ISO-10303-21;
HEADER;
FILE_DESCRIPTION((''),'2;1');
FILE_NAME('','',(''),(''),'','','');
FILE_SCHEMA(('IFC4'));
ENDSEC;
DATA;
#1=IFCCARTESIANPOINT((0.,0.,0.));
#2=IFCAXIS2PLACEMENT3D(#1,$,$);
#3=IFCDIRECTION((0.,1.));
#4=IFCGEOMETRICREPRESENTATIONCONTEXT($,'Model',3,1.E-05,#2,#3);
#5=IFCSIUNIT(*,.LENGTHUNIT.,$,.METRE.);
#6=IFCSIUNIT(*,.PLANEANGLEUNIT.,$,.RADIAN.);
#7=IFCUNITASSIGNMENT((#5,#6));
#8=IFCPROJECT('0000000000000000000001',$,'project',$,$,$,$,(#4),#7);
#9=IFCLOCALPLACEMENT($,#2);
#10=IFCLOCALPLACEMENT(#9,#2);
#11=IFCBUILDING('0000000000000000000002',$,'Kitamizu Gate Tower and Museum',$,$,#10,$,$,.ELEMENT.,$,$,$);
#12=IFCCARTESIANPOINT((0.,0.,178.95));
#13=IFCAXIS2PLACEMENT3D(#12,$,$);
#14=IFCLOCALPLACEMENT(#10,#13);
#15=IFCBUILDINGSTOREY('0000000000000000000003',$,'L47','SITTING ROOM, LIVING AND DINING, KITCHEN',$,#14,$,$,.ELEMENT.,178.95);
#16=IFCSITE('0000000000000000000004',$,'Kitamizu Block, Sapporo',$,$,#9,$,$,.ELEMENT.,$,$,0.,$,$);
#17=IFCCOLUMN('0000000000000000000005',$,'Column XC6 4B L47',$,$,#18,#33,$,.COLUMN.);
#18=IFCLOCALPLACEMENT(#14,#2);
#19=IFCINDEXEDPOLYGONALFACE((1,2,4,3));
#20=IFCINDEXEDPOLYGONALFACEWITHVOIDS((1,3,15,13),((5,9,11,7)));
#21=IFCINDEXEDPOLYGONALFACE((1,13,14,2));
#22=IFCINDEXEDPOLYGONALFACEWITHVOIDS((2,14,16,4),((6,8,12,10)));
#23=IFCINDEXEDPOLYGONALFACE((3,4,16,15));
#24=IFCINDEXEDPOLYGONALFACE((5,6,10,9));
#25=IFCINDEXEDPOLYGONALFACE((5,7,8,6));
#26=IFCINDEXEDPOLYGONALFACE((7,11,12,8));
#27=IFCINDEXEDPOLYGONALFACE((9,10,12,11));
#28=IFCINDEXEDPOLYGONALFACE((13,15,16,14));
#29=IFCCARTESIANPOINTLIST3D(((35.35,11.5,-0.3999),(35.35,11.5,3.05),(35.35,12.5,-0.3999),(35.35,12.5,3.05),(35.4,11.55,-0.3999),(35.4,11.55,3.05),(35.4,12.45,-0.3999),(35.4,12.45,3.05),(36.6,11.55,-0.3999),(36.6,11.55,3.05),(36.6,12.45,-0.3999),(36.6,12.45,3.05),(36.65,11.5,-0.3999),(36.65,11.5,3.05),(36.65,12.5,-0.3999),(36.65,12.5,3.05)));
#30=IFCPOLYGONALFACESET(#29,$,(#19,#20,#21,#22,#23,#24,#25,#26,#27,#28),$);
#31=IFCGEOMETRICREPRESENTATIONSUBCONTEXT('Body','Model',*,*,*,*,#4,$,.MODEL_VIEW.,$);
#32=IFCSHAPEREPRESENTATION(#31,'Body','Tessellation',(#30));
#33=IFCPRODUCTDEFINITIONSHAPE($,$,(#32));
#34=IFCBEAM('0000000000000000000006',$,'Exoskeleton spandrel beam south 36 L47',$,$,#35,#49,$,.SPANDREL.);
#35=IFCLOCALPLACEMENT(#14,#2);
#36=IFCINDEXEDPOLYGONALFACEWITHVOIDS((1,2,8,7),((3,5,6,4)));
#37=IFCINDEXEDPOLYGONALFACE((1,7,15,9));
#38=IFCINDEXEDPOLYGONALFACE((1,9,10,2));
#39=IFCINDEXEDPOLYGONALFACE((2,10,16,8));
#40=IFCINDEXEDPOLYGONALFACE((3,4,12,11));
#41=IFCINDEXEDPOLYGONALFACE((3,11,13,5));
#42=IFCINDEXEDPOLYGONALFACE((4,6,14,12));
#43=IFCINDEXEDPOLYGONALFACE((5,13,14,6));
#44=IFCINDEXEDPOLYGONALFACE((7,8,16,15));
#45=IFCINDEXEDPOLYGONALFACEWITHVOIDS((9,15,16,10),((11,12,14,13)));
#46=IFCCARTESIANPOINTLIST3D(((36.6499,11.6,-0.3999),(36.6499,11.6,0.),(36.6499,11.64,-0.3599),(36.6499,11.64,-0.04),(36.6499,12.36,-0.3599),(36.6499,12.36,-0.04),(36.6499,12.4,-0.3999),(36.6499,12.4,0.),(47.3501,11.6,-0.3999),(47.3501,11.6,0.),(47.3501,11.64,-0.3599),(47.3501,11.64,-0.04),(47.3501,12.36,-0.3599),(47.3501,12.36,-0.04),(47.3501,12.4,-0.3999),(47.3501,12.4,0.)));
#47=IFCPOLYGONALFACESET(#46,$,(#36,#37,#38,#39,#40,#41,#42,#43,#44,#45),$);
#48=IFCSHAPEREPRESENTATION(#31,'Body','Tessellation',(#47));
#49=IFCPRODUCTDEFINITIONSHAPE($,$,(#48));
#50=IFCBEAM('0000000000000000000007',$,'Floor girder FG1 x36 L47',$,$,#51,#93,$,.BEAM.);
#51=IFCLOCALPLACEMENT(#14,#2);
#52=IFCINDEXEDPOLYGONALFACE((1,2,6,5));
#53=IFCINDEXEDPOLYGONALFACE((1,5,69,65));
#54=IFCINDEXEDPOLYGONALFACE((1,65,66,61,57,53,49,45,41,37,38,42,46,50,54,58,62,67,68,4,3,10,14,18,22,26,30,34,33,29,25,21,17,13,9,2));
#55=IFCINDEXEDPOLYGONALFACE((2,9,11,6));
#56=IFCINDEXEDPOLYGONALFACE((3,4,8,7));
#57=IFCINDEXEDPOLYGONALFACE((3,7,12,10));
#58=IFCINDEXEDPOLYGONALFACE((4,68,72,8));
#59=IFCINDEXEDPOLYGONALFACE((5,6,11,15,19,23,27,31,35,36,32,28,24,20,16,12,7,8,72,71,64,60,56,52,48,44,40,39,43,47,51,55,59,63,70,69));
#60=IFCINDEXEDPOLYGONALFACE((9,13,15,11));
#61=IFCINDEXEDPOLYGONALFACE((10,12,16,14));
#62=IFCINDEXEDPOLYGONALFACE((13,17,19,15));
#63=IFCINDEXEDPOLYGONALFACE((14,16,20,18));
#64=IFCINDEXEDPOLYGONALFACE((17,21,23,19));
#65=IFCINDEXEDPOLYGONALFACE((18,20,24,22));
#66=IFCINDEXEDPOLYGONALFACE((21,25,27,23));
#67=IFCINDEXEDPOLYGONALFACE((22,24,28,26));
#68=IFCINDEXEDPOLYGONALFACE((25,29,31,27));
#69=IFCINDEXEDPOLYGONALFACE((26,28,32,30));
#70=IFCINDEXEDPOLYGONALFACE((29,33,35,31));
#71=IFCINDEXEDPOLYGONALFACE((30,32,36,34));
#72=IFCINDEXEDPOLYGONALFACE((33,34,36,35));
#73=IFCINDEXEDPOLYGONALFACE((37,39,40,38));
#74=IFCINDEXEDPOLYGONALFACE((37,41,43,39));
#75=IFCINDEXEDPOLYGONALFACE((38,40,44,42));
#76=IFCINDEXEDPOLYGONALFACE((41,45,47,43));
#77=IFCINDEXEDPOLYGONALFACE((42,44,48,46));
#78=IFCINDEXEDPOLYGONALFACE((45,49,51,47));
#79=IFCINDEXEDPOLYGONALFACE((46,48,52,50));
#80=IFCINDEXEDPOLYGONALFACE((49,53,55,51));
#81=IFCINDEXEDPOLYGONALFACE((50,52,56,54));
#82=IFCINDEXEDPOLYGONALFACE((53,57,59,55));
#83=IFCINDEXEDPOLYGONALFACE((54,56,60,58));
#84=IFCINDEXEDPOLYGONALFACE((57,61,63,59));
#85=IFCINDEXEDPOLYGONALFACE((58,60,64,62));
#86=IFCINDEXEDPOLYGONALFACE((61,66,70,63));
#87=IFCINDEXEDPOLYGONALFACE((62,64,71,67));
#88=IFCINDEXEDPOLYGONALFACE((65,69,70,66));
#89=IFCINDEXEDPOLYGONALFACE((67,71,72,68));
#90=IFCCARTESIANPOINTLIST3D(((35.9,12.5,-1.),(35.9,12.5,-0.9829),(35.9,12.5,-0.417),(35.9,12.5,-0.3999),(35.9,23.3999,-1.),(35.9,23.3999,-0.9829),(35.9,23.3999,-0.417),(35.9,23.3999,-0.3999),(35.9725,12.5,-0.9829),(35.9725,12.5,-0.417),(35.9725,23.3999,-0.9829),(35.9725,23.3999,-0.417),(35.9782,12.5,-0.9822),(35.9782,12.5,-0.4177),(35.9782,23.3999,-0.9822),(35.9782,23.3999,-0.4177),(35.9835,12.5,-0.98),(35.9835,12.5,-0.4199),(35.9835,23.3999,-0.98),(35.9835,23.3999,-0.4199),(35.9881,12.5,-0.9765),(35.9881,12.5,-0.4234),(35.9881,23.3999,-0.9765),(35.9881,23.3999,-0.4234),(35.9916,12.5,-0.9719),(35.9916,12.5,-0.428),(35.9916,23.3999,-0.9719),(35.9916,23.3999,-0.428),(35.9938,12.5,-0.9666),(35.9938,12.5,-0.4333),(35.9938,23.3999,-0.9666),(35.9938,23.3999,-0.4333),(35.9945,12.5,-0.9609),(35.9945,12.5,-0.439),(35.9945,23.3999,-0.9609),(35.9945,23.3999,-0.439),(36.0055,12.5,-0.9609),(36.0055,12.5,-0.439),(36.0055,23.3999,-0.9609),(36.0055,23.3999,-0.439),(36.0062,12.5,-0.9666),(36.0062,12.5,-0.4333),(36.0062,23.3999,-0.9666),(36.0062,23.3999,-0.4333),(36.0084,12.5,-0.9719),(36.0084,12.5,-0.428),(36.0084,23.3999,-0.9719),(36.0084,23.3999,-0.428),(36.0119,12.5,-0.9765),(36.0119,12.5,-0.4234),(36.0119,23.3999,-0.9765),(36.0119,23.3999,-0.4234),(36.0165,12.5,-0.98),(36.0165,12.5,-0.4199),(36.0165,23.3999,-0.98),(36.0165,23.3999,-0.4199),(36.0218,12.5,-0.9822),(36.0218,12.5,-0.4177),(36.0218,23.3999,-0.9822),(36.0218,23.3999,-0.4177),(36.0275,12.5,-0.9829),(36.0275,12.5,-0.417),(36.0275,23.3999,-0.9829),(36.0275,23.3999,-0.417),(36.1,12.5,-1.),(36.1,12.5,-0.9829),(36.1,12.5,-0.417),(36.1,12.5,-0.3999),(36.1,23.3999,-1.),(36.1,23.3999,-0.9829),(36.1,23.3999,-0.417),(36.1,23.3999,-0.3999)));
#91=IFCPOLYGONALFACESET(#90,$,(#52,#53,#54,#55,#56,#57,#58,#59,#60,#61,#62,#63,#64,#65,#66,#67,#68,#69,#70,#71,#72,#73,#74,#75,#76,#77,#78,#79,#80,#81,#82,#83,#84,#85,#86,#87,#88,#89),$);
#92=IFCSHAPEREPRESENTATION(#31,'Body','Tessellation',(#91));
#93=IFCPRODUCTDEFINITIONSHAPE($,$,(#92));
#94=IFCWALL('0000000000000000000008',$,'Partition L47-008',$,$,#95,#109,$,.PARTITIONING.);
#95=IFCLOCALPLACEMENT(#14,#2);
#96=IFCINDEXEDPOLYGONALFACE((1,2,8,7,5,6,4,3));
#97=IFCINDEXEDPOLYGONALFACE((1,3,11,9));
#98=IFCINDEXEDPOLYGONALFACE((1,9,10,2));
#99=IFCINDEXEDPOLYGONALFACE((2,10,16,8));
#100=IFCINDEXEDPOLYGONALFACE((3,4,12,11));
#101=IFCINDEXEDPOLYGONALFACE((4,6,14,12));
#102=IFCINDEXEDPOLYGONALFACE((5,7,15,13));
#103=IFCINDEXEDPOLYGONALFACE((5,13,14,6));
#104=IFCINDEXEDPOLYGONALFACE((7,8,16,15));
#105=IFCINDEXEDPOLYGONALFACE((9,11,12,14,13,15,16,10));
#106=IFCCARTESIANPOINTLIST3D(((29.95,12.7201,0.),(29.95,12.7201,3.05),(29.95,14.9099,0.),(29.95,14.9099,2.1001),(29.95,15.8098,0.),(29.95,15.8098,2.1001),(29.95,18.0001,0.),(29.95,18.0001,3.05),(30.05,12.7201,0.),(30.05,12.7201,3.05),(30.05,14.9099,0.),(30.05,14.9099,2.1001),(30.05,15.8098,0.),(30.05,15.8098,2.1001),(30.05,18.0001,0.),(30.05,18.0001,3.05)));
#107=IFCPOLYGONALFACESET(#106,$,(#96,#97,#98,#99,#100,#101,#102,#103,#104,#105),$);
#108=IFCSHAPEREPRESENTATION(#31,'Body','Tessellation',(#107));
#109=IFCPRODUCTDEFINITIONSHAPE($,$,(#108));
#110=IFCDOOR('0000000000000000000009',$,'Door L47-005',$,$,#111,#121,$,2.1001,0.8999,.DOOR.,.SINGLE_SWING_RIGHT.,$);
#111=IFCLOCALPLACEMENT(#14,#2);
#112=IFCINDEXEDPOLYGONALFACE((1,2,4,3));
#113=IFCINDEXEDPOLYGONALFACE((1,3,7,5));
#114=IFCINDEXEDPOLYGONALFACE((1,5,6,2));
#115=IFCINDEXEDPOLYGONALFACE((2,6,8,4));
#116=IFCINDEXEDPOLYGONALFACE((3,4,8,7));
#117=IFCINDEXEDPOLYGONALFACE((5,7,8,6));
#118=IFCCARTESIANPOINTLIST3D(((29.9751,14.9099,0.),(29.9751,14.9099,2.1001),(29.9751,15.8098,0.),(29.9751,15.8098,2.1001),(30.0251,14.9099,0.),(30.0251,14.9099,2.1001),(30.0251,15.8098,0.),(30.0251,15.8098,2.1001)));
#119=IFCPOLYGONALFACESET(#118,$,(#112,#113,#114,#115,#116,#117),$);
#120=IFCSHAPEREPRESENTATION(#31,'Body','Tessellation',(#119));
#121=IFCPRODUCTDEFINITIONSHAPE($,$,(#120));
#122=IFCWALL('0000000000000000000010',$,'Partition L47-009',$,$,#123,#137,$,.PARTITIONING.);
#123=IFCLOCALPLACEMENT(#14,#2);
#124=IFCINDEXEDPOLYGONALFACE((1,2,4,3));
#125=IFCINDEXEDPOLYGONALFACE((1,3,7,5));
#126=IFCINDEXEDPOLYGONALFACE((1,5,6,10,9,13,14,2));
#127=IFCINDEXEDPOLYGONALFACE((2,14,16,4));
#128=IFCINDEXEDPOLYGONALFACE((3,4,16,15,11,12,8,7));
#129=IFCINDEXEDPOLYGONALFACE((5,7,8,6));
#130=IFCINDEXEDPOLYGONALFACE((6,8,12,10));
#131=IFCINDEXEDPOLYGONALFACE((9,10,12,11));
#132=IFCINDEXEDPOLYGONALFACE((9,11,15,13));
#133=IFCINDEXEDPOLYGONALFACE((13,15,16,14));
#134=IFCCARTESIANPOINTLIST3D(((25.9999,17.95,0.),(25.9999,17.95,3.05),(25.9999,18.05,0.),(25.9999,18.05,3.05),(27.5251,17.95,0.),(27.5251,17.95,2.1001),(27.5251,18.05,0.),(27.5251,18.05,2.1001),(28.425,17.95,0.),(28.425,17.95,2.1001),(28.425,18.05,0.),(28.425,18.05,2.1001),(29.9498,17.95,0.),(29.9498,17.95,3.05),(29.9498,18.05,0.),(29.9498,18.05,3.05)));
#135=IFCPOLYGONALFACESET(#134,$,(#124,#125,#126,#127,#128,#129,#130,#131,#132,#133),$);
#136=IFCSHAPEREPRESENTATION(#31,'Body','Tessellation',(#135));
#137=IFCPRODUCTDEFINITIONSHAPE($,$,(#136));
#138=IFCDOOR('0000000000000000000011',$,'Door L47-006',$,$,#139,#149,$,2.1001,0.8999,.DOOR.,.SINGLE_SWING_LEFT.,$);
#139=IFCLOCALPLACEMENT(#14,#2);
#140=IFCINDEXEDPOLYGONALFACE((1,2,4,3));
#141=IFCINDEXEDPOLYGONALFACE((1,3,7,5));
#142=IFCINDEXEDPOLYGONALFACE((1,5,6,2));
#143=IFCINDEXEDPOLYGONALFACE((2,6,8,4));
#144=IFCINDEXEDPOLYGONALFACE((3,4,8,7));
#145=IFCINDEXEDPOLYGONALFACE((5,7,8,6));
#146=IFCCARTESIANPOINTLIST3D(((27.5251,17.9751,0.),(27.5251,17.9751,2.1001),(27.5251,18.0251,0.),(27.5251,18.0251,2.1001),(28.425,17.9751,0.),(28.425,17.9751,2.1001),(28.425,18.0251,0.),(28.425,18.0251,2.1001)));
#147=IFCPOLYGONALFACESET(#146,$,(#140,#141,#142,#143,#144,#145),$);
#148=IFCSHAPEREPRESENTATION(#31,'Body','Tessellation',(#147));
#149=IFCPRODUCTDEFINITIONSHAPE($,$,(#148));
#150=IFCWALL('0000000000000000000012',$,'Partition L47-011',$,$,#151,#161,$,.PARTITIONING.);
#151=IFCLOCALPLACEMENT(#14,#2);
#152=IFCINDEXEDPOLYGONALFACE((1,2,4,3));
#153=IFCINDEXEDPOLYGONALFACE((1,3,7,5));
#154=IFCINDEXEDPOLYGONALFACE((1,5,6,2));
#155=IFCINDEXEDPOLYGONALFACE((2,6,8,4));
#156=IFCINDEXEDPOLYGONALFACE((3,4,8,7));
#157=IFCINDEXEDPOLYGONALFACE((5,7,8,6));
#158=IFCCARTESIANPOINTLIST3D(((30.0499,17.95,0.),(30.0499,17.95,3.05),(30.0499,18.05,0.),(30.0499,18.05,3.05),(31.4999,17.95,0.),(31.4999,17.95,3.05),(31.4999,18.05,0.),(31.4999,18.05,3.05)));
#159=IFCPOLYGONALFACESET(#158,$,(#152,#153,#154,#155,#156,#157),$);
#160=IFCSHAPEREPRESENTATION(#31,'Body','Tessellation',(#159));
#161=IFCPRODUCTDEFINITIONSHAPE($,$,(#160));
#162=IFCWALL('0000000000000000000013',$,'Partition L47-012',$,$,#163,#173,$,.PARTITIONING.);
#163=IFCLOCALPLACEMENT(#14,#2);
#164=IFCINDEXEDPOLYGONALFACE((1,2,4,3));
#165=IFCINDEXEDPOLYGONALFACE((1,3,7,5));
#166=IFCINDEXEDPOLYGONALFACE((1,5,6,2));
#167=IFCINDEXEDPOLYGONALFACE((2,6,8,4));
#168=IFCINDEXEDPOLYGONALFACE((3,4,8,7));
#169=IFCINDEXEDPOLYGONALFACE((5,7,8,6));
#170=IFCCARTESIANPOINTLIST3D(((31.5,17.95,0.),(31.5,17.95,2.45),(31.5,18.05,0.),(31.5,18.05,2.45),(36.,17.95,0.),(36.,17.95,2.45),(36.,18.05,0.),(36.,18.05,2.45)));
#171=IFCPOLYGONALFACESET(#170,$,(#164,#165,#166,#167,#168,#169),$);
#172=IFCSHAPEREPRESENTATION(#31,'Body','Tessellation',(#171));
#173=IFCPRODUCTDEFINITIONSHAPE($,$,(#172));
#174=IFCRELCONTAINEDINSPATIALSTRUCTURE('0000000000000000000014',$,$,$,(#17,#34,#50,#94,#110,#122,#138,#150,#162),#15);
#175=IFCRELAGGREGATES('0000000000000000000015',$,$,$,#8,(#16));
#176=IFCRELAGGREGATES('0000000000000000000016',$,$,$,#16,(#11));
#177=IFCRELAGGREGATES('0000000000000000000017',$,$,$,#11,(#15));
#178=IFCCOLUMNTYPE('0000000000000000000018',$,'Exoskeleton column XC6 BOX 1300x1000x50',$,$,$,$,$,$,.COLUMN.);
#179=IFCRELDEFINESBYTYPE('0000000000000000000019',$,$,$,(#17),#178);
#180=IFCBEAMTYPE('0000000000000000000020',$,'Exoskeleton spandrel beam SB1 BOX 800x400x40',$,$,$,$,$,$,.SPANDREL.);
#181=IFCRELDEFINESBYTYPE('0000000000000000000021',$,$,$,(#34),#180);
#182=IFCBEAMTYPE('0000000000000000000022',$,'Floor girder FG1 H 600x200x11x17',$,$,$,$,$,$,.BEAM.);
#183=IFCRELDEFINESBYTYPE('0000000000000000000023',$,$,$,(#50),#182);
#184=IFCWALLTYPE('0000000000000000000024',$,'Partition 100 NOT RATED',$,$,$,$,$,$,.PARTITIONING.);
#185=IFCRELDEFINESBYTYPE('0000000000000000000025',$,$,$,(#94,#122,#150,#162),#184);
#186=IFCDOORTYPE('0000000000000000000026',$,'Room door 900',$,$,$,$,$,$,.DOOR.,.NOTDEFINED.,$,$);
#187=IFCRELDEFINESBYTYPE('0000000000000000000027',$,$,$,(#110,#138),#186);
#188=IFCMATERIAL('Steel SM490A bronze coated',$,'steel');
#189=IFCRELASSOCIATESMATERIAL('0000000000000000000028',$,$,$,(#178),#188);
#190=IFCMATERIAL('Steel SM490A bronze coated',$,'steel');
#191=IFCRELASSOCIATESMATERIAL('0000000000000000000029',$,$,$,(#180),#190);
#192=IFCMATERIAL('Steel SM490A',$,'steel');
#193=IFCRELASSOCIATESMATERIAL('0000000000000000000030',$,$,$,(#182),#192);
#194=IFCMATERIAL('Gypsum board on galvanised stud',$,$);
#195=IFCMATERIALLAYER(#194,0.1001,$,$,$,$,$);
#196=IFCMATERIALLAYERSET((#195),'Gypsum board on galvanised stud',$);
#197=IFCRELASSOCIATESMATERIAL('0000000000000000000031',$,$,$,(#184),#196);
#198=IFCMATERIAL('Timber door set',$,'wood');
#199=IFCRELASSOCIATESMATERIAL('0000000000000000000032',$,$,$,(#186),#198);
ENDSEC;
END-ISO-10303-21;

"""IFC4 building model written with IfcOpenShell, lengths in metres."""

from ifc_helpers import new_model, si_unit, direction, frame, frame_2d, origin, origin_2d, place, context, subcontext, project, spatial, rectangle, hollow_rectangle, i_section, extrude, material, layer, layer_set, material_profile, profile_set, type_object, element, fill, save


model = new_model("IFC4")

# Units and contexts
model_context = context("Model", 3, precision=1e-05, world=origin(), true_north=direction((0.0, 1.0)))
body_context = subcontext(model_context, "Body", "Model", "MODEL_VIEW")
ifc_project = project(units=[si_unit("LENGTHUNIT", "METRE"), si_unit("PLANEANGLEUNIT", "RADIAN")], contexts=[model_context])

# Site, building, storey
site_placement = place(None, origin())
site = spatial("IfcSite", under=ifc_project, at=site_placement, Name="Kitamizu Block, Sapporo", CompositionType="ELEMENT", RefElevation=0.0)
building_placement = place(site_placement, origin())
building = spatial("IfcBuilding", under=site, at=building_placement, Name="Kitamizu Gate Tower and Museum", CompositionType="ELEMENT")
storey_placement = place(building_placement, frame((0.0, 0.0, 178.95)))
storey = spatial("IfcBuildingStorey", under=building, at=storey_placement, Name="L47", Description="SITTING ROOM, LIVING AND DINING, KITCHEN", CompositionType="ELEMENT", Elevation=178.95)

# Column
ifc_material_1 = material(Name="Steel SM490A bronze coated", Category="steel")
ifc_material_profile_1 = material_profile(ifc_material_1, hollow_rectangle(XDim=1.3, YDim=1.0, WallThickness=0.05, at=origin_2d()), Name="BOX 1300x1000x50")
ifc_profile_set_1 = profile_set([ifc_material_profile_1], Name="Steel SM490A bronze coated")
column_type = type_object("IfcColumnType", Name="Exoskeleton column XC6 BOX 1300x1000x50", PredefinedType="COLUMN", material=ifc_profile_set_1)
column_placement = place(storey_placement, frame((36.0, 12.0, -0.3999), z_axis=(0.0, 0.0, 1.0), x_axis=(1.0, 0.0, 0.0)))
element("IfcColumn", 1, at=column_placement, inside=storey, type_object=column_type, Name="Column XC6 4B L47", PredefinedType="COLUMN", context=body_context, shape_type="SweptSolid", body=[
    extrude(hollow_rectangle(XDim=1.3, YDim=1.0, WallThickness=0.05, at=origin_2d()), origin(), (0.0, 0.0, 1.0), 3.45),
])

# Beams
ifc_material_2 = material(Name="Steel SM490A bronze coated", Category="steel")
ifc_material_profile_2 = material_profile(ifc_material_2, hollow_rectangle(XDim=0.8, YDim=0.3999, WallThickness=0.04, at=origin_2d()), Name="BOX 800x400x40")
ifc_profile_set_2 = profile_set([ifc_material_profile_2], Name="Steel SM490A bronze coated")
beam_type_1 = type_object("IfcBeamType", Name="Exoskeleton spandrel beam SB1 BOX 800x400x40", PredefinedType="SPANDREL", material=ifc_profile_set_2)
beam_1_placement = place(storey_placement, frame((36.6499, 12.0, -0.2), z_axis=(1.0, 0.0, 0.0), x_axis=(0.0, 1.0, 0.0)))
element("IfcBeam", 2, at=beam_1_placement, inside=storey, type_object=beam_type_1, Name="Exoskeleton spandrel beam south 36 L47", PredefinedType="SPANDREL", context=body_context, shape_type="SweptSolid", body=[
    extrude(hollow_rectangle(XDim=0.8, YDim=0.3999, WallThickness=0.04, at=origin_2d()), origin(), (0.0, 0.0, 1.0), 10.7002),
])
ifc_material_3 = material(Name="Steel SM490A", Category="steel")
ifc_material_profile_3 = material_profile(ifc_material_3, i_section(OverallWidth=0.2, OverallDepth=0.6001, WebThickness=0.011, FlangeThickness=0.0171, FilletRadius=0.022, at=origin_2d()), Name="H-600x200x11x17")
ifc_profile_set_3 = profile_set([ifc_material_profile_3], Name="Steel SM490A")
beam_type_2 = type_object("IfcBeamType", Name="Floor girder FG1 H 600x200x11x17", PredefinedType="BEAM", material=ifc_profile_set_3)
beam_2_placement = place(storey_placement, frame((36.0, 12.5, -0.7), z_axis=(0.0, 1.0, 0.0), x_axis=(-1.0, 0.0, 0.0)))
element("IfcBeam", 3, at=beam_2_placement, inside=storey, type_object=beam_type_2, Name="Floor girder FG1 x36 L47", PredefinedType="BEAM", context=body_context, shape_type="SweptSolid", body=[
    extrude(i_section(OverallWidth=0.2, OverallDepth=0.6001, WebThickness=0.011, FlangeThickness=0.0171, FilletRadius=0.022, at=origin_2d()), origin(), (0.0, 0.0, 1.0), 10.8999),
])

# Walls, openings, doors
ifc_material_4 = material(Name="Gypsum board on galvanised stud")
ifc_layer_1 = layer(ifc_material_4, 0.1001)
ifc_layer_set_1 = layer_set([ifc_layer_1], Name="Gypsum board on galvanised stud")
wall_type_1 = type_object("IfcWallType", Name="Partition 100 NOT RATED", PredefinedType="PARTITIONING", material=ifc_layer_set_1)
wall_1_placement = place(storey_placement, frame((30.0, 12.72, 0.0), z_axis=(0.0, 0.0, 1.0), x_axis=(0.0, 1.0, 0.0)))
wall_1 = element("IfcWall", 4, at=wall_1_placement, inside=storey, type_object=wall_type_1, Name="Partition L47-008", PredefinedType="PARTITIONING", context=body_context, shape_type="SweptSolid", body=[
    extrude(rectangle(XDim=5.28, YDim=0.1001, at=frame_2d((2.6401, 0.0))), origin(), (0.0, 0.0, 1.0), 3.05),
])
opening_1_placement = place(wall_1_placement, frame((2.1899, 0.0, 0.0)))
opening_1 = element("IfcOpeningElement", 5, at=opening_1_placement, cuts=wall_1, PredefinedType="OPENING", context=body_context, shape_type="SweptSolid", body=[
    extrude(rectangle(XDim=0.8999, YDim=2.1001, at=frame_2d((0.45, 1.05))), frame((0.0, 0.0601, 0.0), z_axis=(0.0, -1.0, 0.0), x_axis=(1.0, 0.0, 0.0)), (0.0, 0.0, 1.0), 0.1201),
])
ifc_material_5 = material(Name="Timber door set", Category="wood")
door_type_1 = type_object("IfcDoorType", Name="Room door 900", OperationType="NOTDEFINED", PredefinedType="DOOR", material=ifc_material_5)
door_1_placement = place(opening_1_placement, origin())
door_1 = element("IfcDoor", 6, at=door_1_placement, inside=storey, type_object=door_type_1, Name="Door L47-005", OperationType="SINGLE_SWING_RIGHT", OverallHeight=2.1001, OverallWidth=0.8999, PredefinedType="DOOR", context=body_context, shape_type="SweptSolid", body=[
    extrude(rectangle(XDim=0.8999, YDim=2.1001, at=frame_2d((0.45, 1.05))), frame((0.0, 0.0249, 0.0), z_axis=(0.0, -1.0, 0.0), x_axis=(1.0, 0.0, 0.0)), (0.0, 0.0, 1.0), 0.05),
])
fill(opening_1, door_1)
wall_2_placement = place(storey_placement, frame((29.95, 18.0, 0.0), z_axis=(0.0, 0.0, 1.0), x_axis=(-1.0, 0.0, 0.0)))
wall_2 = element("IfcWall", 7, at=wall_2_placement, inside=storey, type_object=wall_type_1, Name="Partition L47-009", PredefinedType="PARTITIONING", context=body_context, shape_type="SweptSolid", body=[
    extrude(rectangle(XDim=3.95, YDim=0.1001, at=frame_2d((1.9751, 0.0))), origin(), (0.0, 0.0, 1.0), 3.05),
])
opening_2_placement = place(wall_2_placement, frame((1.5249, 0.0, 0.0)))
opening_2 = element("IfcOpeningElement", 8, at=opening_2_placement, cuts=wall_2, PredefinedType="OPENING", context=body_context, shape_type="SweptSolid", body=[
    extrude(rectangle(XDim=0.8999, YDim=2.1001, at=frame_2d((0.45, 1.05))), frame((0.0, 0.0601, 0.0), z_axis=(0.0, -1.0, 0.0), x_axis=(1.0, 0.0, 0.0)), (0.0, 0.0, 1.0), 0.1201),
])
door_2_placement = place(opening_2_placement, origin())
door_2 = element("IfcDoor", 9, at=door_2_placement, inside=storey, type_object=door_type_1, Name="Door L47-006", OperationType="SINGLE_SWING_LEFT", OverallHeight=2.1001, OverallWidth=0.8999, PredefinedType="DOOR", context=body_context, shape_type="SweptSolid", body=[
    extrude(rectangle(XDim=0.8999, YDim=2.1001, at=frame_2d((0.45, 1.05))), frame((0.0, 0.0249, 0.0), z_axis=(0.0, -1.0, 0.0), x_axis=(1.0, 0.0, 0.0)), (0.0, 0.0, 1.0), 0.05),
])
fill(opening_2, door_2)

# Walls
wall_3_placement = place(storey_placement, frame((31.5, 18.0, 0.0), z_axis=(0.0, 0.0, 1.0), x_axis=(-1.0, 0.0, 0.0)))
element("IfcWall", 10, at=wall_3_placement, inside=storey, type_object=wall_type_1, Name="Partition L47-011", PredefinedType="PARTITIONING", context=body_context, shape_type="SweptSolid", body=[
    extrude(rectangle(XDim=1.45, YDim=0.1001, at=frame_2d((0.7251, 0.0))), origin(), (0.0, 0.0, 1.0), 3.05),
])
wall_4_placement = place(storey_placement, frame((36.0, 18.0, 0.0), z_axis=(0.0, 0.0, 1.0), x_axis=(-1.0, 0.0, 0.0)))
element("IfcWall", 11, at=wall_4_placement, inside=storey, type_object=wall_type_1, Name="Partition L47-012", PredefinedType="PARTITIONING", context=body_context, shape_type="SweptSolid", body=[
    extrude(rectangle(XDim=4.5, YDim=0.1001, at=frame_2d((2.25, 0.0))), origin(), (0.0, 0.0, 1.0), 2.45),
])

save(model, "model.ifc")
